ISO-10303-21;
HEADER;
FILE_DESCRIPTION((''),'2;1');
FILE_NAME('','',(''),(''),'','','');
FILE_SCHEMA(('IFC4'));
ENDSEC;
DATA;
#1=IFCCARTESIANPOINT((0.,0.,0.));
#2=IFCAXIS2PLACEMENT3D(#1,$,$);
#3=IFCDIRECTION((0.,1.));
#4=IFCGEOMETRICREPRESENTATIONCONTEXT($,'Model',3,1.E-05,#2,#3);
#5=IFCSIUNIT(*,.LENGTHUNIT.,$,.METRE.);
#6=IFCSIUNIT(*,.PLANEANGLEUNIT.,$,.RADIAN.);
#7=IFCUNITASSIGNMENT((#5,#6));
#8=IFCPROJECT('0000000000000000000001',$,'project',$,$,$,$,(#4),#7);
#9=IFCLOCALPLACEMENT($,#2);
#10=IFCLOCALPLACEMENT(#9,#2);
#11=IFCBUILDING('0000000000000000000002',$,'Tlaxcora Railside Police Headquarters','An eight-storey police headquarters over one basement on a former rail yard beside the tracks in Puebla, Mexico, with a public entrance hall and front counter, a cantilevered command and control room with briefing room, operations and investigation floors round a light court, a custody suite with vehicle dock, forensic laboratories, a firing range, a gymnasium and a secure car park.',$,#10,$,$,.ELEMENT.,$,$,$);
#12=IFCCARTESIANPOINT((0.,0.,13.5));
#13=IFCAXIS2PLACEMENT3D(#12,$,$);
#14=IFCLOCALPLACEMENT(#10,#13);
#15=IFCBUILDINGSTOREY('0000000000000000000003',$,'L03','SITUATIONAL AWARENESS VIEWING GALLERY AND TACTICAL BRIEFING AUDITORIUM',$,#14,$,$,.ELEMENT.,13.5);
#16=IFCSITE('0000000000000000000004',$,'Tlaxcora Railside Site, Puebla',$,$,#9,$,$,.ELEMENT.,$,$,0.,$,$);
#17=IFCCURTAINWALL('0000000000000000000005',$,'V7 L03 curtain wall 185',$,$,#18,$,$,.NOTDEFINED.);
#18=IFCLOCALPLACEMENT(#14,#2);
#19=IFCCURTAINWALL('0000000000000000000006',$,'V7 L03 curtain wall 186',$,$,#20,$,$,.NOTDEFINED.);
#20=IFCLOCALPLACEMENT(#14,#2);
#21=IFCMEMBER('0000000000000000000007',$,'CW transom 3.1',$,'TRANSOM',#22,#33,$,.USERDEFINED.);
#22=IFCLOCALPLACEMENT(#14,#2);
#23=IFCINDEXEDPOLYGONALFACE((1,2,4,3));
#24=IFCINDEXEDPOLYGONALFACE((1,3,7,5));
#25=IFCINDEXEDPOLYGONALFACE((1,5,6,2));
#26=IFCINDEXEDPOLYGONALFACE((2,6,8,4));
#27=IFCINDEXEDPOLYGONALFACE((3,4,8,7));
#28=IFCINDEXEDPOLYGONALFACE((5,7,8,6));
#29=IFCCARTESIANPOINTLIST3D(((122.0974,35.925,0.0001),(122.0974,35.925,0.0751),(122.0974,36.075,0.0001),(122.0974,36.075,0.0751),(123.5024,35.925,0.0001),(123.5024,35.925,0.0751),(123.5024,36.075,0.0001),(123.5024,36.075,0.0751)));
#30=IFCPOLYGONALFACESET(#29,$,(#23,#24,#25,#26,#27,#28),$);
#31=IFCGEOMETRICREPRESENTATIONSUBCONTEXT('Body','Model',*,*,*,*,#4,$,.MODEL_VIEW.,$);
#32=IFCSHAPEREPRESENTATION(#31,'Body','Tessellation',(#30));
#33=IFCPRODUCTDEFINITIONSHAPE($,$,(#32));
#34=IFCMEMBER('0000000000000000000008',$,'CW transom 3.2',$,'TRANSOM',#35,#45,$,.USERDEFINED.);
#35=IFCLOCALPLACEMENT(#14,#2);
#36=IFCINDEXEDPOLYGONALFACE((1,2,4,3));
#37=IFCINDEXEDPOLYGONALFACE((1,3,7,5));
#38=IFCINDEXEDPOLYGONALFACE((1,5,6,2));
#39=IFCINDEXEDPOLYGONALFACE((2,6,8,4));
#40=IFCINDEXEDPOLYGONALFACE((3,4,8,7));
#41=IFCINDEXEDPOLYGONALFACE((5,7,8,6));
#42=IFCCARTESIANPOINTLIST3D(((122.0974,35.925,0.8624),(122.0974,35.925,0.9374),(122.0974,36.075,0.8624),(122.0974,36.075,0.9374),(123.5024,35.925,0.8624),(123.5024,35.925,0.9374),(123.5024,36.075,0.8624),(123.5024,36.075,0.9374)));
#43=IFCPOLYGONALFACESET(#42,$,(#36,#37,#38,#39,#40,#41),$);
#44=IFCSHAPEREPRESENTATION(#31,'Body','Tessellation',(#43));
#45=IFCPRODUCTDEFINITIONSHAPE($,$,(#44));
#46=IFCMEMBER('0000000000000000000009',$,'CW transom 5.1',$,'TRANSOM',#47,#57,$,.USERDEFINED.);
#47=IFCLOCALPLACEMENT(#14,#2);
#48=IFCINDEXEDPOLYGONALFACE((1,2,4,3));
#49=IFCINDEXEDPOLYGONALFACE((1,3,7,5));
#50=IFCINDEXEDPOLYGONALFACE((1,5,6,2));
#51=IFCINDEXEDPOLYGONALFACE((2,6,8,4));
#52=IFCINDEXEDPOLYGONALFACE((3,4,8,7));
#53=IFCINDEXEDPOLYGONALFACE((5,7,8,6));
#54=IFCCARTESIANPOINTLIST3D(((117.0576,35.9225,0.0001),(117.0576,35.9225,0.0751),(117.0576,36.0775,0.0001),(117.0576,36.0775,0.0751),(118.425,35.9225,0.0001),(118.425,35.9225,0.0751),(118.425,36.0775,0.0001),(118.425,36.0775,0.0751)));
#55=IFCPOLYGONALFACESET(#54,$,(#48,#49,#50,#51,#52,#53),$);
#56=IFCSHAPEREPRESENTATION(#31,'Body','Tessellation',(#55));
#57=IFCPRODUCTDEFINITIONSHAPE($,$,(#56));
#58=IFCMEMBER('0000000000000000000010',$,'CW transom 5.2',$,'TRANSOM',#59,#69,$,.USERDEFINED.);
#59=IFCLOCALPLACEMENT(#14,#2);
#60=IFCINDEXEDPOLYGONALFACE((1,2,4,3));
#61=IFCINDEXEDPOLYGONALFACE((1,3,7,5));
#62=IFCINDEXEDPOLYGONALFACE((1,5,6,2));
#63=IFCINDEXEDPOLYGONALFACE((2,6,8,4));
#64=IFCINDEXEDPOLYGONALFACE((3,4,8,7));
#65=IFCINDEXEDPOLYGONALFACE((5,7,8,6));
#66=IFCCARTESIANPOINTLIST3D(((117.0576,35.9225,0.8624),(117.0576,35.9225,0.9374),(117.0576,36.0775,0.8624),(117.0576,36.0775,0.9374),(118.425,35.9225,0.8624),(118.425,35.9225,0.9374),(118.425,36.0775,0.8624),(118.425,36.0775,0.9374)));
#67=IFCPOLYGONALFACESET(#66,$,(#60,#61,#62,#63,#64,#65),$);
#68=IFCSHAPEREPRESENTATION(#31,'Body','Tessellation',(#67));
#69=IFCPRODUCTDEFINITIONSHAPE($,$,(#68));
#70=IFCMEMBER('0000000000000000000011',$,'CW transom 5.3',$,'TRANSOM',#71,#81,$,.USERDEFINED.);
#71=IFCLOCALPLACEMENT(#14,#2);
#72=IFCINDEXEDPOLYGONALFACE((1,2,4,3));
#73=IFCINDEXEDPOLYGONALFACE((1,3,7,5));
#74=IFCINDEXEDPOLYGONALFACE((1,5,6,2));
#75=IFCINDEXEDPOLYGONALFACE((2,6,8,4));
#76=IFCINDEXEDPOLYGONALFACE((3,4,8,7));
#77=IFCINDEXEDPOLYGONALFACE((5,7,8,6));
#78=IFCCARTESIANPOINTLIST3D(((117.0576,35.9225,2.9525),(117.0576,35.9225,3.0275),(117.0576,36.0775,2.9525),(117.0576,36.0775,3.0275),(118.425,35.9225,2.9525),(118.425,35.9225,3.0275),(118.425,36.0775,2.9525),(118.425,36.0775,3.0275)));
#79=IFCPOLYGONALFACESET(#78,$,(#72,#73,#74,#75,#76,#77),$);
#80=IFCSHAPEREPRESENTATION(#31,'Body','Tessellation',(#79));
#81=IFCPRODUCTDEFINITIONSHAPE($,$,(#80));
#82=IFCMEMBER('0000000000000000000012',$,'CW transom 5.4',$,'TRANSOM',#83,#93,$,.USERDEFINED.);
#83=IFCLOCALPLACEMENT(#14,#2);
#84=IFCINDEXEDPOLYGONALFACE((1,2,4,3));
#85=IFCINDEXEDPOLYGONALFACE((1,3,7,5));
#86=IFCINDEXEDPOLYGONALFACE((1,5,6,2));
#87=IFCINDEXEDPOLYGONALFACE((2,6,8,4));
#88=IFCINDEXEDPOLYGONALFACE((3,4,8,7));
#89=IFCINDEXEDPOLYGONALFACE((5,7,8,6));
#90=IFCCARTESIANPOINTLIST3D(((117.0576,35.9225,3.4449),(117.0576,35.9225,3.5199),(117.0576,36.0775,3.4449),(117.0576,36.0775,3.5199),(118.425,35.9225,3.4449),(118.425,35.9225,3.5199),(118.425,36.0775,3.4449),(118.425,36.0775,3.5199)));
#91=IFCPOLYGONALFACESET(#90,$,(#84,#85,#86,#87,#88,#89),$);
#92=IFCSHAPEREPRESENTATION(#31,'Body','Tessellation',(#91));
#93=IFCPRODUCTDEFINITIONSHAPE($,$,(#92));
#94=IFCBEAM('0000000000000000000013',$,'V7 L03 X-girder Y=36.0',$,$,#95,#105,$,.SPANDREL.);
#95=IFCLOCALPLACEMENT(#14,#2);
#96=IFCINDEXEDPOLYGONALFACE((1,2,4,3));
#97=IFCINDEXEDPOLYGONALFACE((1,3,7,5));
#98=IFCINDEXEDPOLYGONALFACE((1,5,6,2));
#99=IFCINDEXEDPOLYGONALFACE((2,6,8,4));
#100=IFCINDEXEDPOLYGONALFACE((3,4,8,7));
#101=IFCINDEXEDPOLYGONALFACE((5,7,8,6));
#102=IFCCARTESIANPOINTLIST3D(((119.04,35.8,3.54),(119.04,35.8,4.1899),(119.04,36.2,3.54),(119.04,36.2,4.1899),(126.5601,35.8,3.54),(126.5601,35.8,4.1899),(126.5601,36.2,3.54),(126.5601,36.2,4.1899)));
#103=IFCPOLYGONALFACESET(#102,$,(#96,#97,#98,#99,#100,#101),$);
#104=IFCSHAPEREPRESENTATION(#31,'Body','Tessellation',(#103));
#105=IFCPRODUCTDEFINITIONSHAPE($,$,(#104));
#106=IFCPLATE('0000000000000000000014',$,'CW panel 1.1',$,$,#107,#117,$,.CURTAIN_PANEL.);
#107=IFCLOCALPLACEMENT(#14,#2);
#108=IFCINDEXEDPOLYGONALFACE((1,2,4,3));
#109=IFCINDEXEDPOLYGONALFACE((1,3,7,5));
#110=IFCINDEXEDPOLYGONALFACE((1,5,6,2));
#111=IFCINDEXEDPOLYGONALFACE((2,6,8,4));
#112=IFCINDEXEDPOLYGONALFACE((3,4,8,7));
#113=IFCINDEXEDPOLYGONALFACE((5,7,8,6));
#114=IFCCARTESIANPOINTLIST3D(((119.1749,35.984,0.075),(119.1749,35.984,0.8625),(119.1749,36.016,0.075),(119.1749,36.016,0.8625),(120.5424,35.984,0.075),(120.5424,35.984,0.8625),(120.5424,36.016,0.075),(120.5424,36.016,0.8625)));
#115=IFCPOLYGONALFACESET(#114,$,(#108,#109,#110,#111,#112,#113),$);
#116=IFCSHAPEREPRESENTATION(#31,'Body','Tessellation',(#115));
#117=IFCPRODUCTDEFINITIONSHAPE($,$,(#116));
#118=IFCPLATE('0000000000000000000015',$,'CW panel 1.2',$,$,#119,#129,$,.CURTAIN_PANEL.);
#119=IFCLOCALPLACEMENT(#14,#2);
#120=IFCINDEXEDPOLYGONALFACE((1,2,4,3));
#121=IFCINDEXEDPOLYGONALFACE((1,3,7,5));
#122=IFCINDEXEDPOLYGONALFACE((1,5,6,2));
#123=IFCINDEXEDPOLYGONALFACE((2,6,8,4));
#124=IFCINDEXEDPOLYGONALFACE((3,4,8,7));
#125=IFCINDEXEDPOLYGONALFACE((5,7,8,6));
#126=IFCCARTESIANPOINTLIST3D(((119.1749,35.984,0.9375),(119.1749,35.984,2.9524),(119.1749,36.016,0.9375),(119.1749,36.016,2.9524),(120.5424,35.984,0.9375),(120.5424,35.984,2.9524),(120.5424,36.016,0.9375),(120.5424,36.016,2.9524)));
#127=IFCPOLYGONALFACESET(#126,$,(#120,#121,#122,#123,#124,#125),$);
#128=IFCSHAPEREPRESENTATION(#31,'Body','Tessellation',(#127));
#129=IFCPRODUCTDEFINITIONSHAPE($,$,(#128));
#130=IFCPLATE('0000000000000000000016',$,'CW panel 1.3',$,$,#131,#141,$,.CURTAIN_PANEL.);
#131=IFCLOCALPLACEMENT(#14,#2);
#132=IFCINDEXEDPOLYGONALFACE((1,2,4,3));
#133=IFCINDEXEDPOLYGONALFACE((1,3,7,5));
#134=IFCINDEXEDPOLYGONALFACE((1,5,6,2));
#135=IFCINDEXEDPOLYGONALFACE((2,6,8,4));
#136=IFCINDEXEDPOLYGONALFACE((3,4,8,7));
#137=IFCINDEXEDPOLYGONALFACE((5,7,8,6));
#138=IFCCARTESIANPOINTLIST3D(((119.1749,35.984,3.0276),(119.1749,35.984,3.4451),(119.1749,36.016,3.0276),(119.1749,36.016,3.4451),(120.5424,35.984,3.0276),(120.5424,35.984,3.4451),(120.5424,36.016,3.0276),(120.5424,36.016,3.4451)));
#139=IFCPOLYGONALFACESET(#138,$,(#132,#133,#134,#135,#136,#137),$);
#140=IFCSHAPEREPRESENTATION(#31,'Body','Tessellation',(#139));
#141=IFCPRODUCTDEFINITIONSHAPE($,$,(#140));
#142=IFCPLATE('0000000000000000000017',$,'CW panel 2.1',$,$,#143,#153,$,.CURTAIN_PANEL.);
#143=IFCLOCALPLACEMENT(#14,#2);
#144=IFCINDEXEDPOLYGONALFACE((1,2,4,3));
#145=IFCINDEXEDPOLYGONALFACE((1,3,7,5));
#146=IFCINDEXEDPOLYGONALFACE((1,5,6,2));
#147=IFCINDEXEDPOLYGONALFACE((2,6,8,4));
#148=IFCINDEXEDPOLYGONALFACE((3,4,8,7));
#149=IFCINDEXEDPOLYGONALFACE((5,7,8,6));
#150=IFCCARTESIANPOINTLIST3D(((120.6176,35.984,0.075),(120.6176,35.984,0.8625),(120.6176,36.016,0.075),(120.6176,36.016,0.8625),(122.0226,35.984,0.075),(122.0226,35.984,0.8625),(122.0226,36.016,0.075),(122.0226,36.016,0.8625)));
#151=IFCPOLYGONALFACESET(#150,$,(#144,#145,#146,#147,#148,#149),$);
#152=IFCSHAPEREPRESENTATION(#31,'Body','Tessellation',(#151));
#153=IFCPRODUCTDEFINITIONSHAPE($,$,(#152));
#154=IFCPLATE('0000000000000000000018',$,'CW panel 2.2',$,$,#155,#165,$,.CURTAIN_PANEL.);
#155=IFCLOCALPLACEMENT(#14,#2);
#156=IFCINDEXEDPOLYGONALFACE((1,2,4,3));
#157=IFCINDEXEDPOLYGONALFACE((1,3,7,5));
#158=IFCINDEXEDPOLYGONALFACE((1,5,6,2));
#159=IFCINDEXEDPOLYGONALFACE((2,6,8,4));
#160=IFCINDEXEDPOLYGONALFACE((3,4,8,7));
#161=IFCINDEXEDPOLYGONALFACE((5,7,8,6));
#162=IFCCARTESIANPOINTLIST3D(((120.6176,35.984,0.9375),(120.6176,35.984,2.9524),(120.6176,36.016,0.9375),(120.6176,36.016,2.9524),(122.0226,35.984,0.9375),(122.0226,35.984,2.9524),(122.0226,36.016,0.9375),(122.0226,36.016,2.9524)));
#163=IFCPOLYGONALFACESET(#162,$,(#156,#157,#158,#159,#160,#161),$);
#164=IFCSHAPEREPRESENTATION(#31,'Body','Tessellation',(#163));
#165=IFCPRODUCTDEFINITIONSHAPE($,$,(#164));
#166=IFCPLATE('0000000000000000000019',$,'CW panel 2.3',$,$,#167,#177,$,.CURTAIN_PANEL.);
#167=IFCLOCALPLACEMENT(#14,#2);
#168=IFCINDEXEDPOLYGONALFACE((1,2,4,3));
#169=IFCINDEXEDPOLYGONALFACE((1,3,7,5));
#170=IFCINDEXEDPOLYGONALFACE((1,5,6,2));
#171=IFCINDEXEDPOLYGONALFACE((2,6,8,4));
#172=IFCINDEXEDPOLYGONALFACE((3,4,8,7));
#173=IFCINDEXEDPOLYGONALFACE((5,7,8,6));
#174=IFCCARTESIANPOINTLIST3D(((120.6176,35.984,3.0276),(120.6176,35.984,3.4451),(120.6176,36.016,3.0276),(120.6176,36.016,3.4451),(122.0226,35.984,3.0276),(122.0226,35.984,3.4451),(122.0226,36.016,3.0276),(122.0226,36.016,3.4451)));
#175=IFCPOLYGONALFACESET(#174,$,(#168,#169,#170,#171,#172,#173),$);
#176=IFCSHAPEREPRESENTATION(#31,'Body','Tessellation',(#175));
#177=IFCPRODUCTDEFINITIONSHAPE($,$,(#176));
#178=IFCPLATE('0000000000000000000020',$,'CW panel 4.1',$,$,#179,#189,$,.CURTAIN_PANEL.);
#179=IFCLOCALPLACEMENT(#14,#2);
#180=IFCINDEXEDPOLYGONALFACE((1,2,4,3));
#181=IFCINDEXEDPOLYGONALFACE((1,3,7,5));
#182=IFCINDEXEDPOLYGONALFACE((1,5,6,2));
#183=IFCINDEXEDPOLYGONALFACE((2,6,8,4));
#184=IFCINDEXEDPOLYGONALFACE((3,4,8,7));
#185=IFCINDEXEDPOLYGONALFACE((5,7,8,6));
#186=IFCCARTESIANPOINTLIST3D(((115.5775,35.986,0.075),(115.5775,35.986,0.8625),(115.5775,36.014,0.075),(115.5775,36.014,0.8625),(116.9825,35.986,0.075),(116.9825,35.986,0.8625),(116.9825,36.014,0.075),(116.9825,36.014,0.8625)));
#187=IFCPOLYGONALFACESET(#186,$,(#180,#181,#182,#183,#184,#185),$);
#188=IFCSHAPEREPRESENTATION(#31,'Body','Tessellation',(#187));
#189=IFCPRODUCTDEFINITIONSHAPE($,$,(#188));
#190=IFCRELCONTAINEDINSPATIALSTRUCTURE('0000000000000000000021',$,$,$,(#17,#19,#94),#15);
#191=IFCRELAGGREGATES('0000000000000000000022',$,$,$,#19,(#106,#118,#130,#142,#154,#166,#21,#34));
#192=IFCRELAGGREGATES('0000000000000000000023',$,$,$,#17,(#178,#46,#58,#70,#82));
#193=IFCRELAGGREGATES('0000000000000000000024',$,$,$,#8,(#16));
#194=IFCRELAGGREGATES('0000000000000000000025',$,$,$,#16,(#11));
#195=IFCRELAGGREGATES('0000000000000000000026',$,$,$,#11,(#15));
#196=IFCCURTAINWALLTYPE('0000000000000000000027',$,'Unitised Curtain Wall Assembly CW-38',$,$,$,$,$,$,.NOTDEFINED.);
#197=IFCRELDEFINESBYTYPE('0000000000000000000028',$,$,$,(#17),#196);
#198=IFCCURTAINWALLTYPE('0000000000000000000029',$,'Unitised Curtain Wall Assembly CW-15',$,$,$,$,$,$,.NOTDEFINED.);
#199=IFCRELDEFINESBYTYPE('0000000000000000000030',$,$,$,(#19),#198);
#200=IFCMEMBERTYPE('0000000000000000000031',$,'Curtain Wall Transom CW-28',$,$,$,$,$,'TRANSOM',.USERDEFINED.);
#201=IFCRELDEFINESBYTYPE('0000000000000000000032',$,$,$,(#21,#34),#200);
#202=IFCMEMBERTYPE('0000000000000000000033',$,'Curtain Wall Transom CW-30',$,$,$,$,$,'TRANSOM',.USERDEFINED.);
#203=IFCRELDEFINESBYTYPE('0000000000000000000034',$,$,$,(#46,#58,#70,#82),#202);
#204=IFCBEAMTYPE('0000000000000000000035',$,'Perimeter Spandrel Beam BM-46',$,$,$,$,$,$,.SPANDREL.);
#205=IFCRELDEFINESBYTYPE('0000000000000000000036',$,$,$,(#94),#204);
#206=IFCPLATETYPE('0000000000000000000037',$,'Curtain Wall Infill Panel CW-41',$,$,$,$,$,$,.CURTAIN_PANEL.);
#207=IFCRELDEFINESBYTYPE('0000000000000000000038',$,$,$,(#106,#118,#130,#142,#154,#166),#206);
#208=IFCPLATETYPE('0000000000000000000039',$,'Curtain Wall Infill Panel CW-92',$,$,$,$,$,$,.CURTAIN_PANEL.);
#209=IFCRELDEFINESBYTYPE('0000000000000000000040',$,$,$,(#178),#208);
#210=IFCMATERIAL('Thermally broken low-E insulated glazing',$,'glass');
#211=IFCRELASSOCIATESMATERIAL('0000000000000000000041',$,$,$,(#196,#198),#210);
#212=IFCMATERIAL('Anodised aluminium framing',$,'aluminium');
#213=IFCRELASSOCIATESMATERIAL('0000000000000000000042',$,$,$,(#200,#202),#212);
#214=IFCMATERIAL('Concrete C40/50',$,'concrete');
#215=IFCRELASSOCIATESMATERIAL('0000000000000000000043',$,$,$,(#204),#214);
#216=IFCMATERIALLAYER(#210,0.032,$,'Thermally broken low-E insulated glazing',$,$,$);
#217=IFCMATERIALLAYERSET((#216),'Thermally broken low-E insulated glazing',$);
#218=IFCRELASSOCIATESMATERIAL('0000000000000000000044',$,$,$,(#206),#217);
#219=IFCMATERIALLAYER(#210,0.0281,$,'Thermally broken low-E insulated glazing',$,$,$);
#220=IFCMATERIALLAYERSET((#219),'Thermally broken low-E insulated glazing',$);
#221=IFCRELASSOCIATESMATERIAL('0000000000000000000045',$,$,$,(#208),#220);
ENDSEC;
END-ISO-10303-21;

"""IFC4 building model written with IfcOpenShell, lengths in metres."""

from ifc_helpers import new_model, si_unit, direction, frame, origin, origin_2d, place, context, subcontext, project, spatial, rectangle, extrude, material, layer, layer_set, material_profile, profile_set, type_object, element, aggregate, save


model = new_model("IFC4")

# Units and contexts
model_context = context("Model", 3, precision=1e-05, world=origin(), true_north=direction((0.0, 1.0)))
body_context = subcontext(model_context, "Body", "Model", "MODEL_VIEW")
ifc_project = project(units=[si_unit("LENGTHUNIT", "METRE"), si_unit("PLANEANGLEUNIT", "RADIAN")], contexts=[model_context])

# Site, building, storey
site_placement = place(None, origin())
site = spatial("IfcSite", under=ifc_project, at=site_placement, Name="Tlaxcora Railside Site, Puebla", CompositionType="ELEMENT", RefElevation=0.0)
building_placement = place(site_placement, origin())
building = spatial("IfcBuilding", under=site, at=building_placement, Name="Tlaxcora Railside Police Headquarters", Description="An eight-storey police headquarters over one basement on a former rail yard beside the tracks in Puebla, Mexico, with a public entrance hall and front counter, a cantilevered command and control room with briefing room, operations and investigation floors round a light court, a custody suite with vehicle dock, forensic laboratories, a firing range, a gymnasium and a secure car park.", CompositionType="ELEMENT")
storey_placement = place(building_placement, frame((0.0, 0.0, 13.5)))
storey = spatial("IfcBuildingStorey", under=building, at=storey_placement, Name="L03", Description="SITUATIONAL AWARENESS VIEWING GALLERY AND TACTICAL BRIEFING AUDITORIUM", CompositionType="ELEMENT", Elevation=13.5)

# Shared definitions
ifc_material_1 = material(Name="Concrete C40/50", Category="concrete")

# Curtain walls, members
ifc_material_2 = material(Name="Thermally broken low-E insulated glazing", Category="glass")
curtain_wall_type_1 = type_object("IfcCurtainWallType", Name="Unitised Curtain Wall Assembly CW-38", PredefinedType="NOTDEFINED", material=ifc_material_2)
curtain_wall_1_placement = place(storey_placement, origin())
curtain_wall_1 = element("IfcCurtainWall", 1, at=curtain_wall_1_placement, inside=storey, type_object=curtain_wall_type_1, Name="V7 L03 curtain wall 185", PredefinedType="NOTDEFINED")
ifc_material_3 = material(Name="Anodised aluminium framing", Category="aluminium")
curtain_wall_type_2 = type_object("IfcCurtainWallType", Name="Unitised Curtain Wall Assembly CW-15", PredefinedType="NOTDEFINED", material=ifc_material_2)
curtain_wall_2_placement = place(storey_placement, origin())
curtain_wall_2 = element("IfcCurtainWall", 2, at=curtain_wall_2_placement, inside=storey, type_object=curtain_wall_type_2, Name="V7 L03 curtain wall 186", PredefinedType="NOTDEFINED")
ifc_material_profile_1 = material_profile(ifc_material_3, rectangle(XDim=0.1499, YDim=0.075, at=origin_2d()), Name="AL75X150")
ifc_profile_set_1 = profile_set([ifc_material_profile_1], Name="Anodised aluminium framing")
member_type_1 = type_object("IfcMemberType", Name="Curtain Wall Transom CW-28", ElementType="TRANSOM", PredefinedType="USERDEFINED", material=ifc_profile_set_1)
member_1_placement = place(storey_placement, frame((122.0974, 36.0, 0.0376), z_axis=(1.0, 0.0, 0.0), x_axis=(0.0, 1.0, 0.0)))
member_1 = element("IfcMember", 3, at=member_1_placement, type_object=member_type_1, Name="CW transom 3.1", ObjectType="TRANSOM", PredefinedType="USERDEFINED", context=body_context, shape_type="SweptSolid", body=[
    extrude(rectangle(XDim=0.1499, YDim=0.075, at=origin_2d()), origin(), (0.0, 0.0, 1.0), 1.405),
])
member_2_placement = place(storey_placement, frame((122.0974, 36.0, 0.8999), z_axis=(1.0, 0.0, 0.0), x_axis=(0.0, 1.0, 0.0)))
member_2 = element("IfcMember", 4, at=member_2_placement, type_object=member_type_1, Name="CW transom 3.2", ObjectType="TRANSOM", PredefinedType="USERDEFINED", context=body_context, shape_type="SweptSolid", body=[
    extrude(rectangle(XDim=0.1499, YDim=0.075, at=origin_2d()), origin(), (0.0, 0.0, 1.0), 1.405),
])

# Members
ifc_material_profile_2 = material_profile(ifc_material_3, rectangle(XDim=0.155, YDim=0.075, at=origin_2d()), Name="AL75X155")
ifc_profile_set_2 = profile_set([ifc_material_profile_2], Name="Anodised aluminium framing")
member_type_2 = type_object("IfcMemberType", Name="Curtain Wall Transom CW-30", ElementType="TRANSOM", PredefinedType="USERDEFINED", material=ifc_profile_set_2)
member_3_placement = place(storey_placement, frame((117.0576, 36.0, 0.0376), z_axis=(1.0, 0.0, 0.0), x_axis=(0.0, 1.0, 0.0)))
member_3 = element("IfcMember", 5, at=member_3_placement, type_object=member_type_2, Name="CW transom 5.1", ObjectType="TRANSOM", PredefinedType="USERDEFINED", context=body_context, shape_type="SweptSolid", body=[
    extrude(rectangle(XDim=0.155, YDim=0.075, at=origin_2d()), origin(), (0.0, 0.0, 1.0), 1.3674),
])
member_4_placement = place(storey_placement, frame((117.0576, 36.0, 0.8999), z_axis=(1.0, 0.0, 0.0), x_axis=(0.0, 1.0, 0.0)))
member_4 = element("IfcMember", 6, at=member_4_placement, type_object=member_type_2, Name="CW transom 5.2", ObjectType="TRANSOM", PredefinedType="USERDEFINED", context=body_context, shape_type="SweptSolid", body=[
    extrude(rectangle(XDim=0.155, YDim=0.075, at=origin_2d()), origin(), (0.0, 0.0, 1.0), 1.3674),
])
member_5_placement = place(storey_placement, frame((117.0576, 36.0, 2.99), z_axis=(1.0, 0.0, 0.0), x_axis=(0.0, 1.0, 0.0)))
member_5 = element("IfcMember", 7, at=member_5_placement, type_object=member_type_2, Name="CW transom 5.3", ObjectType="TRANSOM", PredefinedType="USERDEFINED", context=body_context, shape_type="SweptSolid", body=[
    extrude(rectangle(XDim=0.155, YDim=0.075, at=origin_2d()), origin(), (0.0, 0.0, 1.0), 1.3674),
])
member_6_placement = place(storey_placement, frame((117.0576, 36.0, 3.4824), z_axis=(1.0, 0.0, 0.0), x_axis=(0.0, 1.0, 0.0)))
member_6 = element("IfcMember", 8, at=member_6_placement, type_object=member_type_2, Name="CW transom 5.4", ObjectType="TRANSOM", PredefinedType="USERDEFINED", context=body_context, shape_type="SweptSolid", body=[
    extrude(rectangle(XDim=0.155, YDim=0.075, at=origin_2d()), origin(), (0.0, 0.0, 1.0), 1.3674),
])

# Beam
ifc_material_profile_3 = material_profile(ifc_material_1, rectangle(XDim=0.3999, YDim=0.6499, at=origin_2d()), Name="RC400X650")
ifc_profile_set_3 = profile_set([ifc_material_profile_3], Name="Concrete C40/50")
beam_type = type_object("IfcBeamType", Name="Perimeter Spandrel Beam BM-46", PredefinedType="SPANDREL", material=ifc_profile_set_3)
beam_placement = place(storey_placement, frame((119.04, 36.0, 3.865), z_axis=(1.0, 0.0, 0.0), x_axis=(0.0, 1.0, 0.0)))
element("IfcBeam", 9, at=beam_placement, inside=storey, type_object=beam_type, Name="V7 L03 X-girder Y=36.0", PredefinedType="SPANDREL", context=body_context, shape_type="SweptSolid", body=[
    extrude(rectangle(XDim=0.3999, YDim=0.6499, at=origin_2d()), origin(), (0.0, 0.0, 1.0), 7.52),
])

# Plates
ifc_layer_1 = layer(ifc_material_2, 0.032, Name="Thermally broken low-E insulated glazing")
ifc_layer_set_1 = layer_set([ifc_layer_1], Name="Thermally broken low-E insulated glazing")
plate_type_1 = type_object("IfcPlateType", Name="Curtain Wall Infill Panel CW-41", PredefinedType="CURTAIN_PANEL", material=ifc_layer_set_1)
plate_1_placement = place(storey_placement, frame((119.8586, 36.0, 0.075), z_axis=(0.0, 0.0, 1.0), x_axis=(1.0, 0.0, 0.0)))
plate_1 = element("IfcPlate", 10, at=plate_1_placement, type_object=plate_type_1, Name="CW panel 1.1", PredefinedType="CURTAIN_PANEL", context=body_context, shape_type="SweptSolid", body=[
    extrude(rectangle(XDim=1.3674, YDim=0.032, at=origin_2d()), origin(), (0.0, 0.0, 1.0), 0.7876),
])
plate_2_placement = place(storey_placement, frame((119.8586, 36.0, 0.9375), z_axis=(0.0, 0.0, 1.0), x_axis=(1.0, 0.0, 0.0)))
plate_2 = element("IfcPlate", 11, at=plate_2_placement, type_object=plate_type_1, Name="CW panel 1.2", PredefinedType="CURTAIN_PANEL", context=body_context, shape_type="SweptSolid", body=[
    extrude(rectangle(XDim=1.3674, YDim=0.032, at=origin_2d()), origin(), (0.0, 0.0, 1.0), 2.0149),
])
plate_3_placement = place(storey_placement, frame((119.8586, 36.0, 3.0276), z_axis=(0.0, 0.0, 1.0), x_axis=(1.0, 0.0, 0.0)))
plate_3 = element("IfcPlate", 12, at=plate_3_placement, type_object=plate_type_1, Name="CW panel 1.3", PredefinedType="CURTAIN_PANEL", context=body_context, shape_type="SweptSolid", body=[
    extrude(rectangle(XDim=1.3674, YDim=0.032, at=origin_2d()), origin(), (0.0, 0.0, 1.0), 0.4175),
])
plate_4_placement = place(storey_placement, frame((121.3201, 36.0, 0.075), z_axis=(0.0, 0.0, 1.0), x_axis=(1.0, 0.0, 0.0)))
plate_4 = element("IfcPlate", 13, at=plate_4_placement, type_object=plate_type_1, Name="CW panel 2.1", PredefinedType="CURTAIN_PANEL", context=body_context, shape_type="SweptSolid", body=[
    extrude(rectangle(XDim=1.405, YDim=0.032, at=origin_2d()), origin(), (0.0, 0.0, 1.0), 0.7876),
])
plate_5_placement = place(storey_placement, frame((121.3201, 36.0, 0.9375), z_axis=(0.0, 0.0, 1.0), x_axis=(1.0, 0.0, 0.0)))
plate_5 = element("IfcPlate", 14, at=plate_5_placement, type_object=plate_type_1, Name="CW panel 2.2", PredefinedType="CURTAIN_PANEL", context=body_context, shape_type="SweptSolid", body=[
    extrude(rectangle(XDim=1.405, YDim=0.032, at=origin_2d()), origin(), (0.0, 0.0, 1.0), 2.0149),
])
plate_6_placement = place(storey_placement, frame((121.3201, 36.0, 3.0276), z_axis=(0.0, 0.0, 1.0), x_axis=(1.0, 0.0, 0.0)))
plate_6 = element("IfcPlate", 15, at=plate_6_placement, type_object=plate_type_1, Name="CW panel 2.3", PredefinedType="CURTAIN_PANEL", context=body_context, shape_type="SweptSolid", body=[
    extrude(rectangle(XDim=1.405, YDim=0.032, at=origin_2d()), origin(), (0.0, 0.0, 1.0), 0.4175),
])
aggregate(curtain_wall_2, [plate_1, plate_2, plate_3, plate_4, plate_5, plate_6, member_1, member_2])
ifc_layer_2 = layer(ifc_material_2, 0.0281, Name="Thermally broken low-E insulated glazing")
ifc_layer_set_2 = layer_set([ifc_layer_2], Name="Thermally broken low-E insulated glazing")
plate_type_2 = type_object("IfcPlateType", Name="Curtain Wall Infill Panel CW-92", PredefinedType="CURTAIN_PANEL", material=ifc_layer_set_2)
plate_7_placement = place(storey_placement, frame((116.28, 36.0, 0.075), z_axis=(0.0, 0.0, 1.0), x_axis=(1.0, 0.0, 0.0)))
plate_7 = element("IfcPlate", 16, at=plate_7_placement, type_object=plate_type_2, Name="CW panel 4.1", PredefinedType="CURTAIN_PANEL", context=body_context, shape_type="SweptSolid", body=[
    extrude(rectangle(XDim=1.405, YDim=0.0281, at=origin_2d()), origin(), (0.0, 0.0, 1.0), 0.7876),
])
aggregate(curtain_wall_1, [plate_7, member_3, member_4, member_5, member_6])

save(model, "model.ifc")
